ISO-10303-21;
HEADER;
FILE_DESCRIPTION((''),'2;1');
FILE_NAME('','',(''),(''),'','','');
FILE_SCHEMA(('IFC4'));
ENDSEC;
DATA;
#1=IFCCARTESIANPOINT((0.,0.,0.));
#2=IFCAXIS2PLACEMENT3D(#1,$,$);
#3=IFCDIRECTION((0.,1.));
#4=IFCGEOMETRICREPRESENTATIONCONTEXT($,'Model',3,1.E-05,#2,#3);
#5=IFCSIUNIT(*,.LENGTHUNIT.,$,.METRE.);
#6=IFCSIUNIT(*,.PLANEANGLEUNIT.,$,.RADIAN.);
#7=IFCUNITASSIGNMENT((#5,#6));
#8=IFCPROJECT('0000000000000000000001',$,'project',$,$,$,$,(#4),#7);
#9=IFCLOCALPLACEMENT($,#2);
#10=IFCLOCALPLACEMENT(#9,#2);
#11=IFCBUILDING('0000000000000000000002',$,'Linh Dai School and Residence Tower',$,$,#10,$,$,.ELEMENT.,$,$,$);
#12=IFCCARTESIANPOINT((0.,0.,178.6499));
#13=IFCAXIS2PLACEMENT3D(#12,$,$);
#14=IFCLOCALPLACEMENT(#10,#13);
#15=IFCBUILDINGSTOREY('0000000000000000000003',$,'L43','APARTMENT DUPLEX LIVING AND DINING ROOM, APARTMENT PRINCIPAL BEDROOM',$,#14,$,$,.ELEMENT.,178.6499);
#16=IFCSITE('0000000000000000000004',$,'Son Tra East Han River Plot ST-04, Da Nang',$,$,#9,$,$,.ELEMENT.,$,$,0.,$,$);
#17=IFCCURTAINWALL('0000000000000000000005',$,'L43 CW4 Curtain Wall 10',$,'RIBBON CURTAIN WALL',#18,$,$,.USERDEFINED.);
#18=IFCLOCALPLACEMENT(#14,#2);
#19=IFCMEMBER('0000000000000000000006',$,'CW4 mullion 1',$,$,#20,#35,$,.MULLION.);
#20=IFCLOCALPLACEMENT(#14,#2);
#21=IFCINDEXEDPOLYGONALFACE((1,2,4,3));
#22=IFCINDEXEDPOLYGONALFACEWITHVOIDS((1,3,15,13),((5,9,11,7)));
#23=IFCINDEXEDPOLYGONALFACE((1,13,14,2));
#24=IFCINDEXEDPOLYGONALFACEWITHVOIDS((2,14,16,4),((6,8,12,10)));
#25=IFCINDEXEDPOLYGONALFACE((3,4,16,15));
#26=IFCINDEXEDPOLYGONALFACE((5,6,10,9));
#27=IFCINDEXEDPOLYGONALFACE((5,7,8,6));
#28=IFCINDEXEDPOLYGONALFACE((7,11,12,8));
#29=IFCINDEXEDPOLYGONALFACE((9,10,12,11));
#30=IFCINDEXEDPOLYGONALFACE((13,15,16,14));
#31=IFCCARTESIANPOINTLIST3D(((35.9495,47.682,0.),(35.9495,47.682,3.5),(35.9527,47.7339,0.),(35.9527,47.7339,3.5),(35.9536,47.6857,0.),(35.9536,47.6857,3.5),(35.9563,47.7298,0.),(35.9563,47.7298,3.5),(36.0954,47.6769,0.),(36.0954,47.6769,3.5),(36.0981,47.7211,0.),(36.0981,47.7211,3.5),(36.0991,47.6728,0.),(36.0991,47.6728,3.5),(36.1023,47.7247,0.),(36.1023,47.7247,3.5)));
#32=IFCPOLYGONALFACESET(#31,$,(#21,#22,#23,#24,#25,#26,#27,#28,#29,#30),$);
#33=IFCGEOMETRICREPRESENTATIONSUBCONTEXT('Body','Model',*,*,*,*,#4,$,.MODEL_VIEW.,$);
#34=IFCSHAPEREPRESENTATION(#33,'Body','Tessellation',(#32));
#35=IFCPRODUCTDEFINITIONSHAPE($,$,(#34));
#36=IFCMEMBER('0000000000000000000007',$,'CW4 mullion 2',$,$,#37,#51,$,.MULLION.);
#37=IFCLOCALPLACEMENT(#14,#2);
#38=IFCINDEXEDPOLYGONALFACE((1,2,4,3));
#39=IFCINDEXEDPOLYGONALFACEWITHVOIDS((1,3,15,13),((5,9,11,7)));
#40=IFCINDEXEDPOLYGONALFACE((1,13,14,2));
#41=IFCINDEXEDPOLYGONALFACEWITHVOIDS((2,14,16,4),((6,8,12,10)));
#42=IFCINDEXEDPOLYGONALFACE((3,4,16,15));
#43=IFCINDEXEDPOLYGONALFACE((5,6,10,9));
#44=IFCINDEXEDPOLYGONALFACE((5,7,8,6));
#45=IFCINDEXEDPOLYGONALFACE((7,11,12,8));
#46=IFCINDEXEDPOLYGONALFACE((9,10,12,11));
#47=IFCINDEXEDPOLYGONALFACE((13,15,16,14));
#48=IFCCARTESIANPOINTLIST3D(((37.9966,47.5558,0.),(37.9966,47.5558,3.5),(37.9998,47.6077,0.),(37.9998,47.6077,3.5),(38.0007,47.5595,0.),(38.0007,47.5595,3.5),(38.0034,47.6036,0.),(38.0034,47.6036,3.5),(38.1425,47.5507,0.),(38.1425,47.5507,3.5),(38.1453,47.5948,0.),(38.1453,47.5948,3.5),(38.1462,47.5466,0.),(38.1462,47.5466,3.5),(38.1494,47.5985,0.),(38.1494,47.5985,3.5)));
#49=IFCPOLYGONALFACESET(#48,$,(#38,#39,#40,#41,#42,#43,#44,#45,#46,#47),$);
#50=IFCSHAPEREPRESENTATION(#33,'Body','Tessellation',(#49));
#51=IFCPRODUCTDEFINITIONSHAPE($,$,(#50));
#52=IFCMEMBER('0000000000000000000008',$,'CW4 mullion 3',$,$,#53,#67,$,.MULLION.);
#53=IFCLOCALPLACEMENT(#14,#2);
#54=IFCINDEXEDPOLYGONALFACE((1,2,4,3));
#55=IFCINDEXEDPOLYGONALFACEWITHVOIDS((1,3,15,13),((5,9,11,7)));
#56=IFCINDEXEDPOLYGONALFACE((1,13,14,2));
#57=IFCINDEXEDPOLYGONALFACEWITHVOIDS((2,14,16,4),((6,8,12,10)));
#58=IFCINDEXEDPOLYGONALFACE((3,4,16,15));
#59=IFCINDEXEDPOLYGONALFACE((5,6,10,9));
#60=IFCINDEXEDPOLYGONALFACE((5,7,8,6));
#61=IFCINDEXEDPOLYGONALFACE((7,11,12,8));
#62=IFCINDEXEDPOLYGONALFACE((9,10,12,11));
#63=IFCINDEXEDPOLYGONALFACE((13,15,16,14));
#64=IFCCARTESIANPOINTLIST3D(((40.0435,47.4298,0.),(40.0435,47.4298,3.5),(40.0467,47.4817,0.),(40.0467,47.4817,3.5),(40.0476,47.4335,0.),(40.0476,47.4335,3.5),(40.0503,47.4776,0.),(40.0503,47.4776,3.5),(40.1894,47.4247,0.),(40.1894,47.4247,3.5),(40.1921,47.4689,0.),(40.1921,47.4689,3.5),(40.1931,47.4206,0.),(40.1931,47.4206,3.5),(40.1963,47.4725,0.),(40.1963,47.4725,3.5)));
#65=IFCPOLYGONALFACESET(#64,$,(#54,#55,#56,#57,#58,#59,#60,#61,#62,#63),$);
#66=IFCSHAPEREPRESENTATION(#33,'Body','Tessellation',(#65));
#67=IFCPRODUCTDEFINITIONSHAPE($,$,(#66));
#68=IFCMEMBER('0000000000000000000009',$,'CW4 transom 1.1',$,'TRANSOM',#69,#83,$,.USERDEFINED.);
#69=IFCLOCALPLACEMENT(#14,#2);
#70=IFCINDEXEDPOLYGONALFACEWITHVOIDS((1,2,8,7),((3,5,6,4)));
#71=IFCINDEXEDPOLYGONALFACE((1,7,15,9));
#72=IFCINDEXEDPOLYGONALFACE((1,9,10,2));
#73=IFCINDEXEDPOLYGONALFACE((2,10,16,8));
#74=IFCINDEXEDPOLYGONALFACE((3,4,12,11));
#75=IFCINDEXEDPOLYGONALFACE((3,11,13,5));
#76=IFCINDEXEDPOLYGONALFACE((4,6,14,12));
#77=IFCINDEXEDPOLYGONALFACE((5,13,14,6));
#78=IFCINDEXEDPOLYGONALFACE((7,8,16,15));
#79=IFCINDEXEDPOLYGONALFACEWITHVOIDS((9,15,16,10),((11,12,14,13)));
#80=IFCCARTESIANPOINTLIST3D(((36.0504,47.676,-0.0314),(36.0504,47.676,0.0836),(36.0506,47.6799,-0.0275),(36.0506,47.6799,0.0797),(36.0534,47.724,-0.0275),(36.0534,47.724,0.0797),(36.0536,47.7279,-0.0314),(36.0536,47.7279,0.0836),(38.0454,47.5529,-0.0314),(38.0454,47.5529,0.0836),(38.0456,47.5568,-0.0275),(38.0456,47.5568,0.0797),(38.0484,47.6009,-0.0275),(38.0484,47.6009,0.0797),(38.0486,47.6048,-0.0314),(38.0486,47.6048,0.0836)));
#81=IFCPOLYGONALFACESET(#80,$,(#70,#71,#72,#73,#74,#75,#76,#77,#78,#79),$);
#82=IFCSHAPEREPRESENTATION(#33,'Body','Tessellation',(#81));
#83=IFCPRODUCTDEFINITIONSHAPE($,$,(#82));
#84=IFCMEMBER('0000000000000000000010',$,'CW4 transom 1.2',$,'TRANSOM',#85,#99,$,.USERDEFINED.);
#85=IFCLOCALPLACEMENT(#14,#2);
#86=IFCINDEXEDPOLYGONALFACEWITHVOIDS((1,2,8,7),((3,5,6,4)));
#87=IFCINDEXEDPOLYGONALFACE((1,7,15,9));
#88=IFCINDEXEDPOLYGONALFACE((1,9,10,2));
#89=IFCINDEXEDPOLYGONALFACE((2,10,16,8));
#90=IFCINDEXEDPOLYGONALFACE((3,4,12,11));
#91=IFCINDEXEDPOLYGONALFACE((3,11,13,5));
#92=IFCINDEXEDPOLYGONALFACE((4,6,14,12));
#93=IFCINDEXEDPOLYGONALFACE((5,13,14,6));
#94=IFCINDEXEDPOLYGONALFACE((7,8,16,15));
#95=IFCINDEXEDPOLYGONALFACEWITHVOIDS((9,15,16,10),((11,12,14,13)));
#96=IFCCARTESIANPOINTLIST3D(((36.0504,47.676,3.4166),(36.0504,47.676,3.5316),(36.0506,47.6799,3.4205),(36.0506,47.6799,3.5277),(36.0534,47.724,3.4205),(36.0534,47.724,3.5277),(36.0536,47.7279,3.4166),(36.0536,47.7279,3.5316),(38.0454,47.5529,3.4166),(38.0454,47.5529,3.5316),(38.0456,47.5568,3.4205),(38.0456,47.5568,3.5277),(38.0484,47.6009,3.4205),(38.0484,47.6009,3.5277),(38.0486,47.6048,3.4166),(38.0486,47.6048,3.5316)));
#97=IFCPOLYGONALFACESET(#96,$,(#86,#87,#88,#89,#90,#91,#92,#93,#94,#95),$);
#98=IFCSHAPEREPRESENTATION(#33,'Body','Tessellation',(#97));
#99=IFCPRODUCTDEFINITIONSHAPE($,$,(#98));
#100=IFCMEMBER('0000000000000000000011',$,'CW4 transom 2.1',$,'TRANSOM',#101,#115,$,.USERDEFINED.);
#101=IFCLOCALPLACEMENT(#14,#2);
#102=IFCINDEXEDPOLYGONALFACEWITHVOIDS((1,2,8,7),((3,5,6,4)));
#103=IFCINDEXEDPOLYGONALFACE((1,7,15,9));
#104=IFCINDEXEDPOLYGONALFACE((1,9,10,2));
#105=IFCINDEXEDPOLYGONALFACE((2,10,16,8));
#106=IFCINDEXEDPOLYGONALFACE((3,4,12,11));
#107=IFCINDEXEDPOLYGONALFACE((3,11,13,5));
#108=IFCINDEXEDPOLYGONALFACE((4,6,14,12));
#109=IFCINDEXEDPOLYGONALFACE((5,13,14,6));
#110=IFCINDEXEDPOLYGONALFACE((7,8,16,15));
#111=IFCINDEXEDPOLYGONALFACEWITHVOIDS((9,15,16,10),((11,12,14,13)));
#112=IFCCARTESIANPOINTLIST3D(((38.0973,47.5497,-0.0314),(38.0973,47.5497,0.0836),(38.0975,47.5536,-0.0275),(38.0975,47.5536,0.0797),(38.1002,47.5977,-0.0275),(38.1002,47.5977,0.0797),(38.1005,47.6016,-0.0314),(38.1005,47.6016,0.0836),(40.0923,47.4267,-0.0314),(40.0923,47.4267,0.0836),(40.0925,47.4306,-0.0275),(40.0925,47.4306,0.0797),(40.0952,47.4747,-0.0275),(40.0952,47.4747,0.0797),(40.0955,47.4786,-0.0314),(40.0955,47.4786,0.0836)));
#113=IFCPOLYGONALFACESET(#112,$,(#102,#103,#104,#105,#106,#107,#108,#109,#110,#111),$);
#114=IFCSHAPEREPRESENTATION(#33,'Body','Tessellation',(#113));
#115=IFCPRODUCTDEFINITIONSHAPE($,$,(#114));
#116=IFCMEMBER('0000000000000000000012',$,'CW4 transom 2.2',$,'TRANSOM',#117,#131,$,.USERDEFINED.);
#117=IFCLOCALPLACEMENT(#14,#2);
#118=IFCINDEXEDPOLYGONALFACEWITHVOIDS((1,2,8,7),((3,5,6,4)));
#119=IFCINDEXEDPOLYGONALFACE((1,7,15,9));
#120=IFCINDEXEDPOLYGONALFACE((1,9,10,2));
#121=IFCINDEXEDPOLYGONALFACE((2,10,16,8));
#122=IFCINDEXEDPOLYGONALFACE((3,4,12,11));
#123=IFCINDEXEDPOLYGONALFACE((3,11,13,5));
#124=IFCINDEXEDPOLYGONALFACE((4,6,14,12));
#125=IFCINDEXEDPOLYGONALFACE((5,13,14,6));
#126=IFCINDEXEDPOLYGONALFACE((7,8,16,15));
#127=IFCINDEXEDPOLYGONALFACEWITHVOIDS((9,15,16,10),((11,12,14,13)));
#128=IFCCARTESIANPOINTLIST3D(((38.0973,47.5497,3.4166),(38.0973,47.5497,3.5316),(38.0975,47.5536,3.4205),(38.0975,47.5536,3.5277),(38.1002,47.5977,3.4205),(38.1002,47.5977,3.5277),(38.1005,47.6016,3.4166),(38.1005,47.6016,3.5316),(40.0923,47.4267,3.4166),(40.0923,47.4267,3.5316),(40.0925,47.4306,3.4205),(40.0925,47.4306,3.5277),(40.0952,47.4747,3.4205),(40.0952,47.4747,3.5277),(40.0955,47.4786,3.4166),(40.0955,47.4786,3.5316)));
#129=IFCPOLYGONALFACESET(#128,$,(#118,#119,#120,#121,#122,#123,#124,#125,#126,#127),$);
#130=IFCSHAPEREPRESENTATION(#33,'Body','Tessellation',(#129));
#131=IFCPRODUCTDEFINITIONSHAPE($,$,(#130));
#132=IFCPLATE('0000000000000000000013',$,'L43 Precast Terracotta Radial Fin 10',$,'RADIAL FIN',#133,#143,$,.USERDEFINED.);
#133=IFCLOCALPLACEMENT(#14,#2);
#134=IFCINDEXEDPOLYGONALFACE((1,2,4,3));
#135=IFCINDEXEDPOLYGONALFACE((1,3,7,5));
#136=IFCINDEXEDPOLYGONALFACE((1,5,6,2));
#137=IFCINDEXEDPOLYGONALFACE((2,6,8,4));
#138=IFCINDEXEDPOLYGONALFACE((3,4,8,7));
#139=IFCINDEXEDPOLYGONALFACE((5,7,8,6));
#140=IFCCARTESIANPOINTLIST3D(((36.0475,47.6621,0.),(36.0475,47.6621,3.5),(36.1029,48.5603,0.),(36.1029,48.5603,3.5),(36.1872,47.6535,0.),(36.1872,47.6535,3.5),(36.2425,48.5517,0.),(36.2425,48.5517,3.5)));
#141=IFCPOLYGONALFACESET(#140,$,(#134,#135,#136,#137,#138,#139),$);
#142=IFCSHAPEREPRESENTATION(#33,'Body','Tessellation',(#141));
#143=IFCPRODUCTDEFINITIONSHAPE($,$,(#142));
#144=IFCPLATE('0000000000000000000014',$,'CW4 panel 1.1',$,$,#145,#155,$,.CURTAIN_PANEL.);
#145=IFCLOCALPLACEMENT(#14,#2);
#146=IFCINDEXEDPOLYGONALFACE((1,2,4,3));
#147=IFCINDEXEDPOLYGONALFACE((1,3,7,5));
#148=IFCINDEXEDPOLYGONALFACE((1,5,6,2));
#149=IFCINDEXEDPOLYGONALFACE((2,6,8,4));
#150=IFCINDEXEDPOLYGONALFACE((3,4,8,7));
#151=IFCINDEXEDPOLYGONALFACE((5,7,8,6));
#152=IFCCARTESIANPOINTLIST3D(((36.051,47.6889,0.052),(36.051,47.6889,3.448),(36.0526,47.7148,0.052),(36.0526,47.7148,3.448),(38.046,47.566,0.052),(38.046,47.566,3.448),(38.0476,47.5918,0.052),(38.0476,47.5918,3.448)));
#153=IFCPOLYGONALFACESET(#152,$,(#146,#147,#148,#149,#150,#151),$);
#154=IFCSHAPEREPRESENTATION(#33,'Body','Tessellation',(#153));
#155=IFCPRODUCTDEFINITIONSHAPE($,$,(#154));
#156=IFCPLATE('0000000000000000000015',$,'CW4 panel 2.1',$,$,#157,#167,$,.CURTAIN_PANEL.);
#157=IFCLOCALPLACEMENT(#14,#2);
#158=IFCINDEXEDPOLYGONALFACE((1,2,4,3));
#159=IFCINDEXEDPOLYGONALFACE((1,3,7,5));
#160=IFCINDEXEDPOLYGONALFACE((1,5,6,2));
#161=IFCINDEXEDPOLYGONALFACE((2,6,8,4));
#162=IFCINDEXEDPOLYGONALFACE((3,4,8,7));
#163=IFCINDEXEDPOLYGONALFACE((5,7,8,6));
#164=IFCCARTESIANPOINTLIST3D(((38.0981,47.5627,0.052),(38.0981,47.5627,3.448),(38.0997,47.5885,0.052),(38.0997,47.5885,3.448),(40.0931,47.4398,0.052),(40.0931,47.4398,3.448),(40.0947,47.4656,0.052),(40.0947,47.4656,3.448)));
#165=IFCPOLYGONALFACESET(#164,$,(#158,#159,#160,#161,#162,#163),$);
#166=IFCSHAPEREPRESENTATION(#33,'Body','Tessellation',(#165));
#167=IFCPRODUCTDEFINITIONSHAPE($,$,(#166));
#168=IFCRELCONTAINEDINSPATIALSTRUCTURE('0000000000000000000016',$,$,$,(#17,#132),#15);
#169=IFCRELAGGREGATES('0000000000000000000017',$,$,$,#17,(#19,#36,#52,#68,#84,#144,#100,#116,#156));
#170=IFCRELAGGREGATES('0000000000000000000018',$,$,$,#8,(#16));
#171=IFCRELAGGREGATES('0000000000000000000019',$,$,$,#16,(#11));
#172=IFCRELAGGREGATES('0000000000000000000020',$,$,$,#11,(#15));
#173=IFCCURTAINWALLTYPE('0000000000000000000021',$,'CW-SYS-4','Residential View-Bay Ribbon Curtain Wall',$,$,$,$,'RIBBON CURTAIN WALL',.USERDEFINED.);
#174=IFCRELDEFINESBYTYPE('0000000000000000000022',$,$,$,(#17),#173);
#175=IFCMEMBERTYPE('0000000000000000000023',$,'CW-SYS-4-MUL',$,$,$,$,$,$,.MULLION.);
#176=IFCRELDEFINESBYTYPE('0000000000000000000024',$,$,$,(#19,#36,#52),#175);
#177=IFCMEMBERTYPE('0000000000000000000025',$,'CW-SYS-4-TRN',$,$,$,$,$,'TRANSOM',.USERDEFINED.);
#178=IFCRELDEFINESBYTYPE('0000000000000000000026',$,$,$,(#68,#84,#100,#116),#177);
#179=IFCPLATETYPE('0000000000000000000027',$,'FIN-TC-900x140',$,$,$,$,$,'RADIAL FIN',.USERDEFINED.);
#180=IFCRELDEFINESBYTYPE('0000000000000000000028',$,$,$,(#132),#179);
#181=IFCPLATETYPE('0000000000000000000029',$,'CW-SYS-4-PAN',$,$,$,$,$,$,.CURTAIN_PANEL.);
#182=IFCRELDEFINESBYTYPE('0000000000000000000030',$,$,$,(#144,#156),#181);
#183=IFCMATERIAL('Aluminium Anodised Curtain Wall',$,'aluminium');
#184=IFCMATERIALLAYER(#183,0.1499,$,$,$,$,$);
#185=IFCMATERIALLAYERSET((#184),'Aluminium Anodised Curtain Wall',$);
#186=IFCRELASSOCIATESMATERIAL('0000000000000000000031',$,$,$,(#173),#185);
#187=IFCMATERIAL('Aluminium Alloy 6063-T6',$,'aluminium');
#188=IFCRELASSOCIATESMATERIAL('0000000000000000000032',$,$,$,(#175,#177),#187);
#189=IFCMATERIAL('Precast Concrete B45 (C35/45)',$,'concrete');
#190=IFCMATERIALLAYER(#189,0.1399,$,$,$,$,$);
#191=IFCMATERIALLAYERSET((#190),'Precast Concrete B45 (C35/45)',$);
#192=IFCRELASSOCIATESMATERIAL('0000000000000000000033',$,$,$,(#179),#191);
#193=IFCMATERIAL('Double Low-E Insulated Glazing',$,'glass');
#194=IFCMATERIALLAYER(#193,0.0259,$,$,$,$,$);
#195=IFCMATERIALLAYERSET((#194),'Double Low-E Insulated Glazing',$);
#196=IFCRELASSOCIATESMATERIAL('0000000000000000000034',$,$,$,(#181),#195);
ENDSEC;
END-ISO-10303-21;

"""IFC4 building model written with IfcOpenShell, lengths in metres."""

from ifc_helpers import new_model, si_unit, direction, frame, origin, origin_2d, place, context, subcontext, project, spatial, rectangle, hollow_rectangle, extrude, source, transform, mapped, material, layer, layer_set, material_profile, profile_set, type_object, element, aggregate, save


model = new_model("IFC4")

# Units and contexts
model_context = context("Model", 3, precision=1e-05, world=origin(), true_north=direction((0.0, 1.0)))
body_context = subcontext(model_context, "Body", "Model", "MODEL_VIEW")
ifc_project = project(units=[si_unit("LENGTHUNIT", "METRE"), si_unit("PLANEANGLEUNIT", "RADIAN")], contexts=[model_context])

# Site, building, storey
site_placement = place(None, origin())
site = spatial("IfcSite", under=ifc_project, at=site_placement, Name="Son Tra East Han River Plot ST-04, Da Nang", CompositionType="ELEMENT", RefElevation=0.0)
building_placement = place(site_placement, origin())
building = spatial("IfcBuilding", under=site, at=building_placement, Name="Linh Dai School and Residence Tower", CompositionType="ELEMENT")
storey_placement = place(building_placement, frame((0.0, 0.0, 178.6499)))
storey = spatial("IfcBuildingStorey", under=building, at=storey_placement, Name="L43", Description="APARTMENT DUPLEX LIVING AND DINING ROOM, APARTMENT PRINCIPAL BEDROOM", CompositionType="ELEMENT", Elevation=178.6499)

# Curtain wall, members
ifc_material_1 = material(Name="Aluminium Anodised Curtain Wall", Category="aluminium")
ifc_layer_1 = layer(ifc_material_1, 0.1499)
ifc_layer_set_1 = layer_set([ifc_layer_1], Name="Aluminium Anodised Curtain Wall")
curtain_wall_type = type_object("IfcCurtainWallType", Name="CW-SYS-4", Description="Residential View-Bay Ribbon Curtain Wall", ElementType="RIBBON CURTAIN WALL", PredefinedType="USERDEFINED", material=ifc_layer_set_1)
curtain_wall_placement = place(storey_placement, origin())
curtain_wall = element("IfcCurtainWall", 1, at=curtain_wall_placement, inside=storey, type_object=curtain_wall_type, Name="L43 CW4 Curtain Wall 10", ObjectType="RIBBON CURTAIN WALL", PredefinedType="USERDEFINED")
ifc_material_2 = material(Name="Aluminium Alloy 6063-T6", Category="aluminium")
ifc_material_profile_1 = material_profile(ifc_material_2, hollow_rectangle(XDim=0.052, YDim=0.1499, WallThickness=0.0039, at=origin_2d()), Name="RHS 150x52x4")
ifc_profile_set_1 = profile_set([ifc_material_profile_1], Name="Aluminium Alloy 6063-T6")
member_type_1 = type_object("IfcMemberType", Name="CW-SYS-4-MUL", PredefinedType="MULLION", material=ifc_profile_set_1)
shared_shape_1 = source(origin(), body_context, "Body", "SweptSolid", [
    extrude(hollow_rectangle(XDim=0.052, YDim=0.1499, WallThickness=0.0039, at=origin_2d()), origin(), (0.0, 0.0, 1.0), 3.5),
])
member_1_placement = place(storey_placement, frame((36.0259, 47.7034, 0.0), z_axis=(0.0, 0.0, 1.0), x_axis=(0.061512, 0.998106, 0.0)))
member_1 = element("IfcMember", 2, at=member_1_placement, type_object=member_type_1, Name="CW4 mullion 1", PredefinedType="MULLION", context=body_context, shape_type="MappedRepresentation", body=[
    mapped(shared_shape_1, transform((0.0, 0.0, 0.0), x_axis=(1.0, 0.0, 0.0), y_axis=(0.0, 1.0, 0.0), z_axis=(0.0, 0.0, 1.0), scale=1.0)),
])
member_2_placement = place(storey_placement, frame((38.073, 47.5771, 0.0), z_axis=(0.0, 0.0, 1.0), x_axis=(0.061512, 0.998106, 0.0)))
member_2 = element("IfcMember", 3, at=member_2_placement, type_object=member_type_1, Name="CW4 mullion 2", PredefinedType="MULLION", context=body_context, shape_type="MappedRepresentation", body=[
    mapped(shared_shape_1, transform((0.0, 0.0, 0.0), x_axis=(1.0, 0.0, 0.0), y_axis=(0.0, 1.0, 0.0), z_axis=(0.0, 0.0, 1.0), scale=1.0)),
])
member_3_placement = place(storey_placement, frame((40.1199, 47.4512, 0.0), z_axis=(0.0, 0.0, 1.0), x_axis=(0.061512, 0.998106, 0.0)))
member_3 = element("IfcMember", 4, at=member_3_placement, type_object=member_type_1, Name="CW4 mullion 3", PredefinedType="MULLION", context=body_context, shape_type="MappedRepresentation", body=[
    mapped(shared_shape_1, transform((0.0, 0.0, 0.0), x_axis=(1.0, 0.0, 0.0), y_axis=(0.0, 1.0, 0.0), z_axis=(0.0, 0.0, 1.0), scale=1.0)),
])
ifc_material_profile_2 = material_profile(ifc_material_2, hollow_rectangle(XDim=0.052, YDim=0.115, WallThickness=0.0039, at=origin_2d()), Name="RHS 115x52x4")
ifc_profile_set_2 = profile_set([ifc_material_profile_2], Name="Aluminium Alloy 6063-T6")
member_type_2 = type_object("IfcMemberType", Name="CW-SYS-4-TRN", ElementType="TRANSOM", PredefinedType="USERDEFINED", material=ifc_profile_set_2)
shared_shape_2 = source(origin(), body_context, "Body", "SweptSolid", [
    extrude(hollow_rectangle(XDim=0.052, YDim=0.115, WallThickness=0.0039, at=origin_2d()), origin(), (0.0, 0.0, 1.0), 1.9988),
])
member_4_placement = place(storey_placement, frame((36.052, 47.7019, 0.0261), z_axis=(0.998103, -0.061565, 0.0), x_axis=(0.061565, 0.998103, 0.0)))
member_4 = element("IfcMember", 5, at=member_4_placement, type_object=member_type_2, Name="CW4 transom 1.1", ObjectType="TRANSOM", PredefinedType="USERDEFINED", context=body_context, shape_type="MappedRepresentation", body=[
    mapped(shared_shape_2, transform((0.0, 0.0, 0.0), x_axis=(1.0, 0.0, 0.0), y_axis=(0.0, 1.0, 0.0), z_axis=(0.0, 0.0, 1.0), scale=1.0)),
])
member_5_placement = place(storey_placement, frame((36.052, 47.7019, 3.4741), z_axis=(0.998103, -0.061565, 0.0), x_axis=(0.061565, 0.998103, 0.0)))
member_5 = element("IfcMember", 6, at=member_5_placement, type_object=member_type_2, Name="CW4 transom 1.2", ObjectType="TRANSOM", PredefinedType="USERDEFINED", context=body_context, shape_type="MappedRepresentation", body=[
    mapped(shared_shape_2, transform((0.0, 0.0, 0.0), x_axis=(1.0, 0.0, 0.0), y_axis=(0.0, 1.0, 0.0), z_axis=(0.0, 0.0, 1.0), scale=1.0)),
])
member_6_placement = place(storey_placement, frame((38.0989, 47.5757, 0.0261), z_axis=(0.998103, -0.061565, 0.0), x_axis=(0.061565, 0.998103, 0.0)))
member_6 = element("IfcMember", 7, at=member_6_placement, type_object=member_type_2, Name="CW4 transom 2.1", ObjectType="TRANSOM", PredefinedType="USERDEFINED", context=body_context, shape_type="MappedRepresentation", body=[
    mapped(shared_shape_2, transform((0.0, 0.0, 0.0), x_axis=(1.0, 0.0, 0.0), y_axis=(0.0, 1.0, 0.0), z_axis=(0.0, 0.0, 1.0), scale=1.0)),
])
member_7_placement = place(storey_placement, frame((38.0989, 47.5757, 3.4741), z_axis=(0.998103, -0.061565, 0.0), x_axis=(0.061565, 0.998103, 0.0)))
member_7 = element("IfcMember", 8, at=member_7_placement, type_object=member_type_2, Name="CW4 transom 2.2", ObjectType="TRANSOM", PredefinedType="USERDEFINED", context=body_context, shape_type="MappedRepresentation", body=[
    mapped(shared_shape_2, transform((0.0, 0.0, 0.0), x_axis=(1.0, 0.0, 0.0), y_axis=(0.0, 1.0, 0.0), z_axis=(0.0, 0.0, 1.0), scale=1.0)),
])

# Plates
ifc_material_3 = material(Name="Precast Concrete B45 (C35/45)", Category="concrete")
ifc_layer_2 = layer(ifc_material_3, 0.1399)
ifc_layer_set_2 = layer_set([ifc_layer_2], Name="Precast Concrete B45 (C35/45)")
plate_type_1 = type_object("IfcPlateType", Name="FIN-TC-900x140", ElementType="RADIAL FIN", PredefinedType="USERDEFINED", material=ifc_layer_set_2)
shared_shape_3 = source(origin(), body_context, "Body", "SweptSolid", [
    extrude(rectangle(XDim=0.8999, YDim=0.1399, at=origin_2d()), origin(), (0.0, 0.0, 1.0), 3.5),
])
plate_1_placement = place(storey_placement, frame((36.145, 48.1069, 0.0), z_axis=(0.0, 0.0, 1.0), x_axis=(0.061512, 0.998106, 0.0)))
element("IfcPlate", 9, at=plate_1_placement, inside=storey, type_object=plate_type_1, Name="L43 Precast Terracotta Radial Fin 10", ObjectType="RADIAL FIN", PredefinedType="USERDEFINED", context=body_context, shape_type="MappedRepresentation", body=[
    mapped(shared_shape_3, transform((0.0, 0.0, 0.0), x_axis=(1.0, 0.0, 0.0), y_axis=(0.0, 1.0, 0.0), z_axis=(0.0, 0.0, 1.0), scale=1.0)),
])
ifc_material_4 = material(Name="Double Low-E Insulated Glazing", Category="glass")
ifc_layer_3 = layer(ifc_material_4, 0.0259)
ifc_layer_set_3 = layer_set([ifc_layer_3], Name="Double Low-E Insulated Glazing")
plate_type_2 = type_object("IfcPlateType", Name="CW-SYS-4-PAN", PredefinedType="CURTAIN_PANEL", material=ifc_layer_set_3)
shared_shape_4 = source(origin(), body_context, "Body", "SweptSolid", [
    extrude(rectangle(XDim=1.9988, YDim=0.0259, at=origin_2d()), origin(), (0.0, 0.0, 1.0), 3.396),
])
plate_2_placement = place(storey_placement, frame((37.0493, 47.6404, 0.052), z_axis=(0.0, 0.0, 1.0), x_axis=(0.998106, -0.061512, 0.0)))
plate_2 = element("IfcPlate", 10, at=plate_2_placement, type_object=plate_type_2, Name="CW4 panel 1.1", PredefinedType="CURTAIN_PANEL", context=body_context, shape_type="MappedRepresentation", body=[
    mapped(shared_shape_4, transform((0.0, 0.0, 0.0), x_axis=(1.0, 0.0, 0.0), y_axis=(0.0, 1.0, 0.0), z_axis=(0.0, 0.0, 1.0), scale=1.0)),
])
plate_3_placement = place(storey_placement, frame((39.0964, 47.5142, 0.052), z_axis=(0.0, 0.0, 1.0), x_axis=(0.998106, -0.061512, 0.0)))
plate_3 = element("IfcPlate", 11, at=plate_3_placement, type_object=plate_type_2, Name="CW4 panel 2.1", PredefinedType="CURTAIN_PANEL", context=body_context, shape_type="MappedRepresentation", body=[
    mapped(shared_shape_4, transform((0.0, 0.0, 0.0), x_axis=(1.0, 0.0, 0.0), y_axis=(0.0, 1.0, 0.0), z_axis=(0.0, 0.0, 1.0), scale=1.0)),
])
aggregate(curtain_wall, [member_1, member_2, member_3, member_4, member_5, plate_2, member_6, member_7, plate_3])

save(model, "model.ifc")
